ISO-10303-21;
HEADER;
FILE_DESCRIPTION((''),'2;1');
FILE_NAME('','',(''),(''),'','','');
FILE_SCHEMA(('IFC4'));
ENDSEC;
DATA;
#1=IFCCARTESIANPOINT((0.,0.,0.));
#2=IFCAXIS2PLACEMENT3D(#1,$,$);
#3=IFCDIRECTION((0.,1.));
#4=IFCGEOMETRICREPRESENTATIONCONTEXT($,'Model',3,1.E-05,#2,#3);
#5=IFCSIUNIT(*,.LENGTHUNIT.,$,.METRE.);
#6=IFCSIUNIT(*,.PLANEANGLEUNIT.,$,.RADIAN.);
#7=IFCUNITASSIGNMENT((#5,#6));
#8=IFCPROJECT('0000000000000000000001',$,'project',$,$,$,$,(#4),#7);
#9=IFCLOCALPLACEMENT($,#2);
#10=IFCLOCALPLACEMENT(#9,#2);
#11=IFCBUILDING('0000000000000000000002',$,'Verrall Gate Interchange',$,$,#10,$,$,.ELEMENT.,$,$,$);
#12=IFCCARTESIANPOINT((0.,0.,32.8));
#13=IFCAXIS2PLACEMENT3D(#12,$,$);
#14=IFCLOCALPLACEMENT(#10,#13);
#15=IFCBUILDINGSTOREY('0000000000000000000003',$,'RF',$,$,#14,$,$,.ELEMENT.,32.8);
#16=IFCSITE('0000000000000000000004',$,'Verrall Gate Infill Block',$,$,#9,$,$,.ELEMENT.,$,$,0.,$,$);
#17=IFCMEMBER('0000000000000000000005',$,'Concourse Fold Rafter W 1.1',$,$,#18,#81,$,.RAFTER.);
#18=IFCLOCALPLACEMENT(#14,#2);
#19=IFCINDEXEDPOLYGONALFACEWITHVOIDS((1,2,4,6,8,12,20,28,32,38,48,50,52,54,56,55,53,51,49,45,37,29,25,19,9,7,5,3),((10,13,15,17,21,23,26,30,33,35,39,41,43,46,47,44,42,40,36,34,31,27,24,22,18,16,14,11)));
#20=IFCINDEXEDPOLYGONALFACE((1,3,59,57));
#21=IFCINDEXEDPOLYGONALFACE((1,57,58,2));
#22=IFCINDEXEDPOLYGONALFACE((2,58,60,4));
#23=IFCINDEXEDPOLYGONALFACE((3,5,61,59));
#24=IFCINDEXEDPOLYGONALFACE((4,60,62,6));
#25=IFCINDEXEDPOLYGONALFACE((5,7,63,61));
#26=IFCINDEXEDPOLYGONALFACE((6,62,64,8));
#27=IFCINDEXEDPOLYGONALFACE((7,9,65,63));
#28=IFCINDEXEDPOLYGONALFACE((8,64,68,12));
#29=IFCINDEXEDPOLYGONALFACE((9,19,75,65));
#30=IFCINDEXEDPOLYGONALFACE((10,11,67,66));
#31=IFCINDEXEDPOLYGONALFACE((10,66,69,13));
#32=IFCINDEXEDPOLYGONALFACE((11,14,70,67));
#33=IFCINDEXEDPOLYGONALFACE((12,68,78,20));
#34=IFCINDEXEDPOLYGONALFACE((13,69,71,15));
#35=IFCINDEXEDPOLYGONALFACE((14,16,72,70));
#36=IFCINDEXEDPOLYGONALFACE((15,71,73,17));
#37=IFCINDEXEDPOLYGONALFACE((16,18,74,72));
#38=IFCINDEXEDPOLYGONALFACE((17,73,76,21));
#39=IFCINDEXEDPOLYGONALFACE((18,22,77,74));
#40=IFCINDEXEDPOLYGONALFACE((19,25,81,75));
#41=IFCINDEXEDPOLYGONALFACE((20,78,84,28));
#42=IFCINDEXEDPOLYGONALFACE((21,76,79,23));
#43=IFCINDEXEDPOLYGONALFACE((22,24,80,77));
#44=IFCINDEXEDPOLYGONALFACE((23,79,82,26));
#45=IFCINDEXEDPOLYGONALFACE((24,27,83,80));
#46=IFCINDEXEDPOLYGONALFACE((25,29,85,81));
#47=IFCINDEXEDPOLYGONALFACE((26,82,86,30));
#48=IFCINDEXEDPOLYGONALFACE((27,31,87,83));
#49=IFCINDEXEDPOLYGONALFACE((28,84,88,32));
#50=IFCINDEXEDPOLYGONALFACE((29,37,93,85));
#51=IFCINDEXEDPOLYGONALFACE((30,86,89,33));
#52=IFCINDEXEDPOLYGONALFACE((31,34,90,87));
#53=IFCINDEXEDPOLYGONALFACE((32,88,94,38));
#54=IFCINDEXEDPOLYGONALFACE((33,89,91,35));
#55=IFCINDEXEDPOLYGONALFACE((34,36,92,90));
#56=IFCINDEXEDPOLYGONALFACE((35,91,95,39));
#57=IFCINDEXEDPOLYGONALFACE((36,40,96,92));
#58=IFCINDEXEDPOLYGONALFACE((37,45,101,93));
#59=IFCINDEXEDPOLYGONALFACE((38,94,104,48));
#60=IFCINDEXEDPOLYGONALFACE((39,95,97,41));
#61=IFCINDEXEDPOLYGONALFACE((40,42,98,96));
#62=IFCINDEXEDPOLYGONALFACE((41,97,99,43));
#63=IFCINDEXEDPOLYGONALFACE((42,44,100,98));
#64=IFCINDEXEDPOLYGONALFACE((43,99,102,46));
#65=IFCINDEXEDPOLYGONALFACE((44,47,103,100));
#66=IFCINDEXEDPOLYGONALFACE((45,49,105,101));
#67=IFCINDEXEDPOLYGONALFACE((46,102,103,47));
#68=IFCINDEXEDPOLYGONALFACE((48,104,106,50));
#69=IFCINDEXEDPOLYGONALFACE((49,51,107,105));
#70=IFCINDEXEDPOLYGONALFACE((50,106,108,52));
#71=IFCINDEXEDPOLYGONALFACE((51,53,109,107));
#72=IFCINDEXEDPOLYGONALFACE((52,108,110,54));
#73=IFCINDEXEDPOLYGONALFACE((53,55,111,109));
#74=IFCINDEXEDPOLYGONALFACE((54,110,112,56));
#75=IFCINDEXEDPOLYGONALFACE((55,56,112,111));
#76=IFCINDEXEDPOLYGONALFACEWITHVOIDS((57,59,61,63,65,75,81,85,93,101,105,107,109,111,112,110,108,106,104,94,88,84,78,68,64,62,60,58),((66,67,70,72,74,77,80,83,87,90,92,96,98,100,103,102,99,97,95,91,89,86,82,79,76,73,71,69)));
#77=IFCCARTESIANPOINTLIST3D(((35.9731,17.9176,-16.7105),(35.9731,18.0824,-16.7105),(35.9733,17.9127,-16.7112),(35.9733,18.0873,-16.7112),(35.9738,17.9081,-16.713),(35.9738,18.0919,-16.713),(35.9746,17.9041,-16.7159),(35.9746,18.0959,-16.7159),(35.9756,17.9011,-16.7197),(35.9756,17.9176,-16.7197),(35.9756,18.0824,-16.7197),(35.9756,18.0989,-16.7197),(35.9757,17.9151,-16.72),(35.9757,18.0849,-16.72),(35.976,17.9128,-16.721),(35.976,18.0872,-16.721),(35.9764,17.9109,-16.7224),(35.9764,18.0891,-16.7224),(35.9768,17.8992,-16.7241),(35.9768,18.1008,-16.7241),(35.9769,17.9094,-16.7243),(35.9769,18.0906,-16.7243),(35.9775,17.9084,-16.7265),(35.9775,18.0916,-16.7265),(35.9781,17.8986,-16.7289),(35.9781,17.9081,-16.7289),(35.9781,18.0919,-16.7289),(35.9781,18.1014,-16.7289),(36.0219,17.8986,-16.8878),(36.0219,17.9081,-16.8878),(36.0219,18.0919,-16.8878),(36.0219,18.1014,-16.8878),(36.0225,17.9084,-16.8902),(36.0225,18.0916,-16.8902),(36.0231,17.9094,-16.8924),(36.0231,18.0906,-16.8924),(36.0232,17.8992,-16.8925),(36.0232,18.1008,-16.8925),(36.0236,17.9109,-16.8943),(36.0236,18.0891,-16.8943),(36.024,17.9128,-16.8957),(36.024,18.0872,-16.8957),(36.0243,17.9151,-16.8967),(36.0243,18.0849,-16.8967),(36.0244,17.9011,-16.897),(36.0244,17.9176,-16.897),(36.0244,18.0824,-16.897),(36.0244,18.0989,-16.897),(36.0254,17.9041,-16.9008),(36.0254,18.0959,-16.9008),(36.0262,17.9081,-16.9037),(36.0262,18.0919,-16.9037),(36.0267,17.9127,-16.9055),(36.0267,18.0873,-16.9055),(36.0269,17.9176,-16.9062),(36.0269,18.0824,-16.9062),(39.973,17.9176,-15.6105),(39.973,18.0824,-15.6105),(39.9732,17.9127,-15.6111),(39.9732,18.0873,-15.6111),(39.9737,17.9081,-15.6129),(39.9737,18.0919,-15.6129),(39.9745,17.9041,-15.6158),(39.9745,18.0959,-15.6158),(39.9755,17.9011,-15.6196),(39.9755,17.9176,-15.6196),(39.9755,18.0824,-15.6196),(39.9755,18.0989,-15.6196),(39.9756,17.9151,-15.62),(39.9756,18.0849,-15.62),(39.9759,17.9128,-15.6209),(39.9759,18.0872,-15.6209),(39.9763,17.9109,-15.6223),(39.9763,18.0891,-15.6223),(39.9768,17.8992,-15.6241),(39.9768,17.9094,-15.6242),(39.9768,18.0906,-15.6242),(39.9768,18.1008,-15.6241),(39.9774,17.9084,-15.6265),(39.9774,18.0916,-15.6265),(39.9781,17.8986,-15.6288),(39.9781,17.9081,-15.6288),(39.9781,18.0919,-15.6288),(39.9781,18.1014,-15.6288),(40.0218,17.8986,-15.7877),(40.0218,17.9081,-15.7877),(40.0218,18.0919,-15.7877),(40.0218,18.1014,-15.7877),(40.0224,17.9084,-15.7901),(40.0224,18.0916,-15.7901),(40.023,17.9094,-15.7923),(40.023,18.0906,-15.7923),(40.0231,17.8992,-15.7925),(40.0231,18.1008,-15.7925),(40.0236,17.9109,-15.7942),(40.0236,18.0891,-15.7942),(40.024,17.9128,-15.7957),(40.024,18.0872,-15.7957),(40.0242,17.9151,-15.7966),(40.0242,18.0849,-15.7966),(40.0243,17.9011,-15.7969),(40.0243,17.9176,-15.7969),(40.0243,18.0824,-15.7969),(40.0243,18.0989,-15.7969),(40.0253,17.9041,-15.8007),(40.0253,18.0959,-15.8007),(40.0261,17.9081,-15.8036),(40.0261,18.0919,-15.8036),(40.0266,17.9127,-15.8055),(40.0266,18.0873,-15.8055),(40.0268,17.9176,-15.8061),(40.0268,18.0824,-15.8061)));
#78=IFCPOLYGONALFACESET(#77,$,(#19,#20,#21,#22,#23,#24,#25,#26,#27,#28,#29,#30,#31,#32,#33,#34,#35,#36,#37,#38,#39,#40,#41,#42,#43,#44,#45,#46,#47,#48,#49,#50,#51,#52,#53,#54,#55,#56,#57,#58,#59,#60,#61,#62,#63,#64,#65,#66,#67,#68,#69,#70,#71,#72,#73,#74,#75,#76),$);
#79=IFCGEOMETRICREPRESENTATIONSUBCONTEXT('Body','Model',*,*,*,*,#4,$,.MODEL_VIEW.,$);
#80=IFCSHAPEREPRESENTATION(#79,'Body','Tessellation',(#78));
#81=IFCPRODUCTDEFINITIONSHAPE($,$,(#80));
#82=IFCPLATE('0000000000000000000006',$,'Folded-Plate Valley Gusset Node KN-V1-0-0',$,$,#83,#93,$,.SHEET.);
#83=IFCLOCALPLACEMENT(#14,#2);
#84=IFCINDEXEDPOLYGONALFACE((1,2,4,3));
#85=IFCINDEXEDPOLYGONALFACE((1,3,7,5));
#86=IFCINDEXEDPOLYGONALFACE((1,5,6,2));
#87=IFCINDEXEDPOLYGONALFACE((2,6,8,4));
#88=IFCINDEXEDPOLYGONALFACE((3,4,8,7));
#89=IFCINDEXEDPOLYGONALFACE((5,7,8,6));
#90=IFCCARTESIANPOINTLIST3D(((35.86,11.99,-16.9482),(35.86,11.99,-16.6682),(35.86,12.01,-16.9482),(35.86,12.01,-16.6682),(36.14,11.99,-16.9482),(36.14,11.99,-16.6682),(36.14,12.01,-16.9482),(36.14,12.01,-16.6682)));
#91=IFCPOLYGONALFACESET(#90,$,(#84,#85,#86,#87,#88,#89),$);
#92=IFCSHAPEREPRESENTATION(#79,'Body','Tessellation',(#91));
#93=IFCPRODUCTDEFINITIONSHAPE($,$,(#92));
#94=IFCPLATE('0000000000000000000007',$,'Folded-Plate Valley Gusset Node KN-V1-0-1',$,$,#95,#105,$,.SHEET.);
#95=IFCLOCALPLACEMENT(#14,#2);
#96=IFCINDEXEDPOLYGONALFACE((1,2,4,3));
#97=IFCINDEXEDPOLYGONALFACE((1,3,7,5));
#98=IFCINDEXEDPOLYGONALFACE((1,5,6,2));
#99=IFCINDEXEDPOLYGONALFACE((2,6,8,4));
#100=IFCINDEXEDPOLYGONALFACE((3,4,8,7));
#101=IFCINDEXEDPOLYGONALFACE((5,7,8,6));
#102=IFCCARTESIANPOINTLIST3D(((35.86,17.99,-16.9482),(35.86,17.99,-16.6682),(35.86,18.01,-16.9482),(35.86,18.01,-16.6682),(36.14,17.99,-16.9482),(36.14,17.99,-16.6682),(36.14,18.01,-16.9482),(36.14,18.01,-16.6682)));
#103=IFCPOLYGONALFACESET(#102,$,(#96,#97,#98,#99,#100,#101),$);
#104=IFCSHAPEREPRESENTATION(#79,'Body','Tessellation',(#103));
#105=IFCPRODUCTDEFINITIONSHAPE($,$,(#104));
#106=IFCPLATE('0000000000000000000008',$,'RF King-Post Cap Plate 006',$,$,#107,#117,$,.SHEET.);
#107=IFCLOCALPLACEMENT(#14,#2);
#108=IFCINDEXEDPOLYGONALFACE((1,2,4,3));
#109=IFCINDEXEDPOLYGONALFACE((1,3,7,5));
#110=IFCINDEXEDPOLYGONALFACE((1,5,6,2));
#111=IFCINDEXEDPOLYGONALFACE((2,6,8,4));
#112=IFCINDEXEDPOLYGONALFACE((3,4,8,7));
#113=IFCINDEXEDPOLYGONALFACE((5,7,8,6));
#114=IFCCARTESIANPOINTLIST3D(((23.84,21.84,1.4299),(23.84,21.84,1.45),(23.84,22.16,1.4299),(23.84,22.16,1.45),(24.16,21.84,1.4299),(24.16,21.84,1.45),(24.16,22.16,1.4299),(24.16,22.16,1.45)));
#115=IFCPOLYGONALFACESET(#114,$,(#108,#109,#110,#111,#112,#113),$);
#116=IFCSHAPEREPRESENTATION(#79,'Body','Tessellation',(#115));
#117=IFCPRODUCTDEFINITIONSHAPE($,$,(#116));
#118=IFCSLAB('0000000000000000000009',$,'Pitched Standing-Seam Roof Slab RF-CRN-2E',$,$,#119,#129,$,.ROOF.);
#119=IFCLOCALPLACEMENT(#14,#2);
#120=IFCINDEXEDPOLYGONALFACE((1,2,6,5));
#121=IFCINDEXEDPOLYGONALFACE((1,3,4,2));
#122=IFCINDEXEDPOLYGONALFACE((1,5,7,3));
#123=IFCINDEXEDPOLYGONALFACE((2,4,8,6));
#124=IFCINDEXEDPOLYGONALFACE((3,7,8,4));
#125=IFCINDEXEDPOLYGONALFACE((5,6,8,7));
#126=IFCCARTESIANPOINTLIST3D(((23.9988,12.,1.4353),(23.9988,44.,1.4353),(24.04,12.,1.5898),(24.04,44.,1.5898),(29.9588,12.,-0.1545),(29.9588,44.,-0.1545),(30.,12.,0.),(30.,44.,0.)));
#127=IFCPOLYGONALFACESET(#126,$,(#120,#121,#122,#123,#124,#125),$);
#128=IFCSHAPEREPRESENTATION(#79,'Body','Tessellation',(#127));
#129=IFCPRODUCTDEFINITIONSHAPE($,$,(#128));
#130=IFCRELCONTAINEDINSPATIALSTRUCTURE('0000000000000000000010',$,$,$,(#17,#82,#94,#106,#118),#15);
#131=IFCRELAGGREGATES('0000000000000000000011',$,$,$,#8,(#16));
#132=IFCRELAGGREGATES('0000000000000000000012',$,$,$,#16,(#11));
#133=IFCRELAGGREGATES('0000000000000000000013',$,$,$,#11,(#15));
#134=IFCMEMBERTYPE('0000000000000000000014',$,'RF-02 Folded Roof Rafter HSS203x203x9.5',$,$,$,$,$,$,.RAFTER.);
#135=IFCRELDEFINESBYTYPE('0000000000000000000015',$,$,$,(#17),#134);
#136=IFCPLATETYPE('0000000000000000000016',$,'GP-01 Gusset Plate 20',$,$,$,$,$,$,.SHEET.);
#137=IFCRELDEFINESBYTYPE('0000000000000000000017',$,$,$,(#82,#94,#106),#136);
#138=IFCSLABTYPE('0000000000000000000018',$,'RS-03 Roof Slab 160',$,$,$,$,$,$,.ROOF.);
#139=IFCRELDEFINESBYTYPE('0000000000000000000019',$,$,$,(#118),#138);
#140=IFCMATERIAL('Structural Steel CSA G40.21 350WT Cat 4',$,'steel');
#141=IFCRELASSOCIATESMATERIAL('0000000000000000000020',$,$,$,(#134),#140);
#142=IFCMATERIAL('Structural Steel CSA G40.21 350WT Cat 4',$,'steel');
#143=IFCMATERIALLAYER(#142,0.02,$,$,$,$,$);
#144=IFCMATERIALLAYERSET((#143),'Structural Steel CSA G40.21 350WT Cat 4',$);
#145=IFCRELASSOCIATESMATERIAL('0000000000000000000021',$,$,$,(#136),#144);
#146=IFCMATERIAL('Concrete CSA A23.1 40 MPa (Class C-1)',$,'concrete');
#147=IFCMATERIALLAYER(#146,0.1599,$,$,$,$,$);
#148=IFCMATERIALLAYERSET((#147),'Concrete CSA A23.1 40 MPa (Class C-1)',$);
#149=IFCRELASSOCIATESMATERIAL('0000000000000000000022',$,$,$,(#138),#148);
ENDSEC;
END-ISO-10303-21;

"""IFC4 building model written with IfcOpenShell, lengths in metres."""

from ifc_helpers import new_model, si_unit, direction, frame, origin, origin_2d, place, context, subcontext, project, spatial, polyline, rectangle, hollow_rectangle, outline, extrude, material, layer, layer_set, material_profile, profile_set, type_object, element, save


model = new_model("IFC4")

# Units and contexts
model_context = context("Model", 3, precision=1e-05, world=origin(), true_north=direction((0.0, 1.0)))
body_context = subcontext(model_context, "Body", "Model", "MODEL_VIEW")
ifc_project = project(units=[si_unit("LENGTHUNIT", "METRE"), si_unit("PLANEANGLEUNIT", "RADIAN")], contexts=[model_context])

# Site, building, storey
site_placement = place(None, origin())
site = spatial("IfcSite", under=ifc_project, at=site_placement, Name="Verrall Gate Infill Block", CompositionType="ELEMENT", RefElevation=0.0)
building_placement = place(site_placement, origin())
building = spatial("IfcBuilding", under=site, at=building_placement, Name="Verrall Gate Interchange", CompositionType="ELEMENT")
storey_placement = place(building_placement, frame((0.0, 0.0, 32.8)))
storey = spatial("IfcBuildingStorey", under=building, at=storey_placement, Name="RF", CompositionType="ELEMENT", Elevation=32.8)

# Member
ifc_material_1 = material(Name="Structural Steel CSA G40.21 350WT Cat 4", Category="steel")
ifc_material_profile_1 = material_profile(ifc_material_1, hollow_rectangle(XDim=0.2029, YDim=0.2029, WallThickness=0.0095, InnerFilletRadius=0.0095, OuterFilletRadius=0.019, at=origin_2d()), Name="HSS203x203x9.5")
ifc_profile_set_1 = profile_set([ifc_material_profile_1], Name="Structural Steel CSA G40.21 350WT Cat 4")
member_type_1 = type_object("IfcMemberType", Name="RF-02 Folded Roof Rafter HSS203x203x9.5", PredefinedType="RAFTER", material=ifc_profile_set_1)
member_1_placement = place(storey_placement, frame((36.0, 18.0, -16.8083), z_axis=(0.964199, 0.0, 0.265178), x_axis=(0.0, 1.0, 0.0)))
element("IfcMember", 1, at=member_1_placement, inside=storey, type_object=member_type_1, Name="Concourse Fold Rafter W 1.1", PredefinedType="RAFTER", context=body_context, shape_type="SweptSolid", body=[
    extrude(hollow_rectangle(XDim=0.2029, YDim=0.2029, WallThickness=0.0095, InnerFilletRadius=0.0095, OuterFilletRadius=0.019, at=origin_2d()), origin(), (0.0, 0.0, 1.0), 4.1484),
])

# Plates
ifc_material_2 = material(Name="Structural Steel CSA G40.21 350WT Cat 4", Category="steel")
ifc_layer_1 = layer(ifc_material_2, 0.02)
ifc_layer_set_1 = layer_set([ifc_layer_1], Name="Structural Steel CSA G40.21 350WT Cat 4")
plate_type = type_object("IfcPlateType", Name="GP-01 Gusset Plate 20", PredefinedType="SHEET", material=ifc_layer_set_1)
for number, where, z_axis, x_axis, name in (
    (2, (36.0, 12.0, -16.9482), (0.0, 0.0, 1.0), (1.0, 0.0, 0.0), "Folded-Plate Valley Gusset Node KN-V1-0-0"),
    (3, (36.0, 18.0, -16.9482), (0.0, 0.0, 1.0), (1.0, 0.0, 0.0), "Folded-Plate Valley Gusset Node KN-V1-0-1"),
):
    element("IfcPlate", number, at=place(storey_placement, frame(where, z_axis=z_axis, x_axis=x_axis)), inside=storey, type_object=plate_type, Name=name, PredefinedType="SHEET", context=body_context, shape_type="SweptSolid", body=[
        extrude(rectangle(XDim=0.28, YDim=0.02, at=origin_2d()), origin(), (0.0, 0.0, 1.0), 0.28),
    ])
plate_placement = place(storey_placement, frame((24.0, 22.0, 1.4299), z_axis=(0.0, 0.0, 1.0), x_axis=(1.0, 0.0, 0.0)))
element("IfcPlate", 4, at=plate_placement, inside=storey, type_object=plate_type, Name="RF King-Post Cap Plate 006", PredefinedType="SHEET", context=body_context, shape_type="SweptSolid", body=[
    extrude(rectangle(XDim=0.3201, YDim=0.3201, at=origin_2d()), origin(), (0.0, 0.0, 1.0), 0.02),
])

# Slab
ifc_material_3 = material(Name="Concrete CSA A23.1 40 MPa (Class C-1)", Category="concrete")
ifc_layer_2 = layer(ifc_material_3, 0.1599)
ifc_layer_set_2 = layer_set([ifc_layer_2], Name="Concrete CSA A23.1 40 MPa (Class C-1)")
slab_type = type_object("IfcSlabType", Name="RS-03 Roof Slab 160", PredefinedType="ROOF", material=ifc_layer_set_2)
slab_placement = place(storey_placement, frame((24.04, 12.0, 1.5898), z_axis=(0.257741, 0.0, 0.966214), x_axis=(0.966214, 0.0, -0.257741)))
element("IfcSlab", 5, at=slab_placement, inside=storey, type_object=slab_type, Name="Pitched Standing-Seam Roof Slab RF-CRN-2E", PredefinedType="ROOF", context=body_context, shape_type="SweptSolid", body=[
    extrude(outline(polyline([(0.0, 0.0), (6.1684, 0.0), (6.1684, 32.0), (0.0, 32.0), (0.0, 0.0)])), origin(), (0.0, 0.0, -1.0), 0.1599),
])

save(model, "model.ifc")
